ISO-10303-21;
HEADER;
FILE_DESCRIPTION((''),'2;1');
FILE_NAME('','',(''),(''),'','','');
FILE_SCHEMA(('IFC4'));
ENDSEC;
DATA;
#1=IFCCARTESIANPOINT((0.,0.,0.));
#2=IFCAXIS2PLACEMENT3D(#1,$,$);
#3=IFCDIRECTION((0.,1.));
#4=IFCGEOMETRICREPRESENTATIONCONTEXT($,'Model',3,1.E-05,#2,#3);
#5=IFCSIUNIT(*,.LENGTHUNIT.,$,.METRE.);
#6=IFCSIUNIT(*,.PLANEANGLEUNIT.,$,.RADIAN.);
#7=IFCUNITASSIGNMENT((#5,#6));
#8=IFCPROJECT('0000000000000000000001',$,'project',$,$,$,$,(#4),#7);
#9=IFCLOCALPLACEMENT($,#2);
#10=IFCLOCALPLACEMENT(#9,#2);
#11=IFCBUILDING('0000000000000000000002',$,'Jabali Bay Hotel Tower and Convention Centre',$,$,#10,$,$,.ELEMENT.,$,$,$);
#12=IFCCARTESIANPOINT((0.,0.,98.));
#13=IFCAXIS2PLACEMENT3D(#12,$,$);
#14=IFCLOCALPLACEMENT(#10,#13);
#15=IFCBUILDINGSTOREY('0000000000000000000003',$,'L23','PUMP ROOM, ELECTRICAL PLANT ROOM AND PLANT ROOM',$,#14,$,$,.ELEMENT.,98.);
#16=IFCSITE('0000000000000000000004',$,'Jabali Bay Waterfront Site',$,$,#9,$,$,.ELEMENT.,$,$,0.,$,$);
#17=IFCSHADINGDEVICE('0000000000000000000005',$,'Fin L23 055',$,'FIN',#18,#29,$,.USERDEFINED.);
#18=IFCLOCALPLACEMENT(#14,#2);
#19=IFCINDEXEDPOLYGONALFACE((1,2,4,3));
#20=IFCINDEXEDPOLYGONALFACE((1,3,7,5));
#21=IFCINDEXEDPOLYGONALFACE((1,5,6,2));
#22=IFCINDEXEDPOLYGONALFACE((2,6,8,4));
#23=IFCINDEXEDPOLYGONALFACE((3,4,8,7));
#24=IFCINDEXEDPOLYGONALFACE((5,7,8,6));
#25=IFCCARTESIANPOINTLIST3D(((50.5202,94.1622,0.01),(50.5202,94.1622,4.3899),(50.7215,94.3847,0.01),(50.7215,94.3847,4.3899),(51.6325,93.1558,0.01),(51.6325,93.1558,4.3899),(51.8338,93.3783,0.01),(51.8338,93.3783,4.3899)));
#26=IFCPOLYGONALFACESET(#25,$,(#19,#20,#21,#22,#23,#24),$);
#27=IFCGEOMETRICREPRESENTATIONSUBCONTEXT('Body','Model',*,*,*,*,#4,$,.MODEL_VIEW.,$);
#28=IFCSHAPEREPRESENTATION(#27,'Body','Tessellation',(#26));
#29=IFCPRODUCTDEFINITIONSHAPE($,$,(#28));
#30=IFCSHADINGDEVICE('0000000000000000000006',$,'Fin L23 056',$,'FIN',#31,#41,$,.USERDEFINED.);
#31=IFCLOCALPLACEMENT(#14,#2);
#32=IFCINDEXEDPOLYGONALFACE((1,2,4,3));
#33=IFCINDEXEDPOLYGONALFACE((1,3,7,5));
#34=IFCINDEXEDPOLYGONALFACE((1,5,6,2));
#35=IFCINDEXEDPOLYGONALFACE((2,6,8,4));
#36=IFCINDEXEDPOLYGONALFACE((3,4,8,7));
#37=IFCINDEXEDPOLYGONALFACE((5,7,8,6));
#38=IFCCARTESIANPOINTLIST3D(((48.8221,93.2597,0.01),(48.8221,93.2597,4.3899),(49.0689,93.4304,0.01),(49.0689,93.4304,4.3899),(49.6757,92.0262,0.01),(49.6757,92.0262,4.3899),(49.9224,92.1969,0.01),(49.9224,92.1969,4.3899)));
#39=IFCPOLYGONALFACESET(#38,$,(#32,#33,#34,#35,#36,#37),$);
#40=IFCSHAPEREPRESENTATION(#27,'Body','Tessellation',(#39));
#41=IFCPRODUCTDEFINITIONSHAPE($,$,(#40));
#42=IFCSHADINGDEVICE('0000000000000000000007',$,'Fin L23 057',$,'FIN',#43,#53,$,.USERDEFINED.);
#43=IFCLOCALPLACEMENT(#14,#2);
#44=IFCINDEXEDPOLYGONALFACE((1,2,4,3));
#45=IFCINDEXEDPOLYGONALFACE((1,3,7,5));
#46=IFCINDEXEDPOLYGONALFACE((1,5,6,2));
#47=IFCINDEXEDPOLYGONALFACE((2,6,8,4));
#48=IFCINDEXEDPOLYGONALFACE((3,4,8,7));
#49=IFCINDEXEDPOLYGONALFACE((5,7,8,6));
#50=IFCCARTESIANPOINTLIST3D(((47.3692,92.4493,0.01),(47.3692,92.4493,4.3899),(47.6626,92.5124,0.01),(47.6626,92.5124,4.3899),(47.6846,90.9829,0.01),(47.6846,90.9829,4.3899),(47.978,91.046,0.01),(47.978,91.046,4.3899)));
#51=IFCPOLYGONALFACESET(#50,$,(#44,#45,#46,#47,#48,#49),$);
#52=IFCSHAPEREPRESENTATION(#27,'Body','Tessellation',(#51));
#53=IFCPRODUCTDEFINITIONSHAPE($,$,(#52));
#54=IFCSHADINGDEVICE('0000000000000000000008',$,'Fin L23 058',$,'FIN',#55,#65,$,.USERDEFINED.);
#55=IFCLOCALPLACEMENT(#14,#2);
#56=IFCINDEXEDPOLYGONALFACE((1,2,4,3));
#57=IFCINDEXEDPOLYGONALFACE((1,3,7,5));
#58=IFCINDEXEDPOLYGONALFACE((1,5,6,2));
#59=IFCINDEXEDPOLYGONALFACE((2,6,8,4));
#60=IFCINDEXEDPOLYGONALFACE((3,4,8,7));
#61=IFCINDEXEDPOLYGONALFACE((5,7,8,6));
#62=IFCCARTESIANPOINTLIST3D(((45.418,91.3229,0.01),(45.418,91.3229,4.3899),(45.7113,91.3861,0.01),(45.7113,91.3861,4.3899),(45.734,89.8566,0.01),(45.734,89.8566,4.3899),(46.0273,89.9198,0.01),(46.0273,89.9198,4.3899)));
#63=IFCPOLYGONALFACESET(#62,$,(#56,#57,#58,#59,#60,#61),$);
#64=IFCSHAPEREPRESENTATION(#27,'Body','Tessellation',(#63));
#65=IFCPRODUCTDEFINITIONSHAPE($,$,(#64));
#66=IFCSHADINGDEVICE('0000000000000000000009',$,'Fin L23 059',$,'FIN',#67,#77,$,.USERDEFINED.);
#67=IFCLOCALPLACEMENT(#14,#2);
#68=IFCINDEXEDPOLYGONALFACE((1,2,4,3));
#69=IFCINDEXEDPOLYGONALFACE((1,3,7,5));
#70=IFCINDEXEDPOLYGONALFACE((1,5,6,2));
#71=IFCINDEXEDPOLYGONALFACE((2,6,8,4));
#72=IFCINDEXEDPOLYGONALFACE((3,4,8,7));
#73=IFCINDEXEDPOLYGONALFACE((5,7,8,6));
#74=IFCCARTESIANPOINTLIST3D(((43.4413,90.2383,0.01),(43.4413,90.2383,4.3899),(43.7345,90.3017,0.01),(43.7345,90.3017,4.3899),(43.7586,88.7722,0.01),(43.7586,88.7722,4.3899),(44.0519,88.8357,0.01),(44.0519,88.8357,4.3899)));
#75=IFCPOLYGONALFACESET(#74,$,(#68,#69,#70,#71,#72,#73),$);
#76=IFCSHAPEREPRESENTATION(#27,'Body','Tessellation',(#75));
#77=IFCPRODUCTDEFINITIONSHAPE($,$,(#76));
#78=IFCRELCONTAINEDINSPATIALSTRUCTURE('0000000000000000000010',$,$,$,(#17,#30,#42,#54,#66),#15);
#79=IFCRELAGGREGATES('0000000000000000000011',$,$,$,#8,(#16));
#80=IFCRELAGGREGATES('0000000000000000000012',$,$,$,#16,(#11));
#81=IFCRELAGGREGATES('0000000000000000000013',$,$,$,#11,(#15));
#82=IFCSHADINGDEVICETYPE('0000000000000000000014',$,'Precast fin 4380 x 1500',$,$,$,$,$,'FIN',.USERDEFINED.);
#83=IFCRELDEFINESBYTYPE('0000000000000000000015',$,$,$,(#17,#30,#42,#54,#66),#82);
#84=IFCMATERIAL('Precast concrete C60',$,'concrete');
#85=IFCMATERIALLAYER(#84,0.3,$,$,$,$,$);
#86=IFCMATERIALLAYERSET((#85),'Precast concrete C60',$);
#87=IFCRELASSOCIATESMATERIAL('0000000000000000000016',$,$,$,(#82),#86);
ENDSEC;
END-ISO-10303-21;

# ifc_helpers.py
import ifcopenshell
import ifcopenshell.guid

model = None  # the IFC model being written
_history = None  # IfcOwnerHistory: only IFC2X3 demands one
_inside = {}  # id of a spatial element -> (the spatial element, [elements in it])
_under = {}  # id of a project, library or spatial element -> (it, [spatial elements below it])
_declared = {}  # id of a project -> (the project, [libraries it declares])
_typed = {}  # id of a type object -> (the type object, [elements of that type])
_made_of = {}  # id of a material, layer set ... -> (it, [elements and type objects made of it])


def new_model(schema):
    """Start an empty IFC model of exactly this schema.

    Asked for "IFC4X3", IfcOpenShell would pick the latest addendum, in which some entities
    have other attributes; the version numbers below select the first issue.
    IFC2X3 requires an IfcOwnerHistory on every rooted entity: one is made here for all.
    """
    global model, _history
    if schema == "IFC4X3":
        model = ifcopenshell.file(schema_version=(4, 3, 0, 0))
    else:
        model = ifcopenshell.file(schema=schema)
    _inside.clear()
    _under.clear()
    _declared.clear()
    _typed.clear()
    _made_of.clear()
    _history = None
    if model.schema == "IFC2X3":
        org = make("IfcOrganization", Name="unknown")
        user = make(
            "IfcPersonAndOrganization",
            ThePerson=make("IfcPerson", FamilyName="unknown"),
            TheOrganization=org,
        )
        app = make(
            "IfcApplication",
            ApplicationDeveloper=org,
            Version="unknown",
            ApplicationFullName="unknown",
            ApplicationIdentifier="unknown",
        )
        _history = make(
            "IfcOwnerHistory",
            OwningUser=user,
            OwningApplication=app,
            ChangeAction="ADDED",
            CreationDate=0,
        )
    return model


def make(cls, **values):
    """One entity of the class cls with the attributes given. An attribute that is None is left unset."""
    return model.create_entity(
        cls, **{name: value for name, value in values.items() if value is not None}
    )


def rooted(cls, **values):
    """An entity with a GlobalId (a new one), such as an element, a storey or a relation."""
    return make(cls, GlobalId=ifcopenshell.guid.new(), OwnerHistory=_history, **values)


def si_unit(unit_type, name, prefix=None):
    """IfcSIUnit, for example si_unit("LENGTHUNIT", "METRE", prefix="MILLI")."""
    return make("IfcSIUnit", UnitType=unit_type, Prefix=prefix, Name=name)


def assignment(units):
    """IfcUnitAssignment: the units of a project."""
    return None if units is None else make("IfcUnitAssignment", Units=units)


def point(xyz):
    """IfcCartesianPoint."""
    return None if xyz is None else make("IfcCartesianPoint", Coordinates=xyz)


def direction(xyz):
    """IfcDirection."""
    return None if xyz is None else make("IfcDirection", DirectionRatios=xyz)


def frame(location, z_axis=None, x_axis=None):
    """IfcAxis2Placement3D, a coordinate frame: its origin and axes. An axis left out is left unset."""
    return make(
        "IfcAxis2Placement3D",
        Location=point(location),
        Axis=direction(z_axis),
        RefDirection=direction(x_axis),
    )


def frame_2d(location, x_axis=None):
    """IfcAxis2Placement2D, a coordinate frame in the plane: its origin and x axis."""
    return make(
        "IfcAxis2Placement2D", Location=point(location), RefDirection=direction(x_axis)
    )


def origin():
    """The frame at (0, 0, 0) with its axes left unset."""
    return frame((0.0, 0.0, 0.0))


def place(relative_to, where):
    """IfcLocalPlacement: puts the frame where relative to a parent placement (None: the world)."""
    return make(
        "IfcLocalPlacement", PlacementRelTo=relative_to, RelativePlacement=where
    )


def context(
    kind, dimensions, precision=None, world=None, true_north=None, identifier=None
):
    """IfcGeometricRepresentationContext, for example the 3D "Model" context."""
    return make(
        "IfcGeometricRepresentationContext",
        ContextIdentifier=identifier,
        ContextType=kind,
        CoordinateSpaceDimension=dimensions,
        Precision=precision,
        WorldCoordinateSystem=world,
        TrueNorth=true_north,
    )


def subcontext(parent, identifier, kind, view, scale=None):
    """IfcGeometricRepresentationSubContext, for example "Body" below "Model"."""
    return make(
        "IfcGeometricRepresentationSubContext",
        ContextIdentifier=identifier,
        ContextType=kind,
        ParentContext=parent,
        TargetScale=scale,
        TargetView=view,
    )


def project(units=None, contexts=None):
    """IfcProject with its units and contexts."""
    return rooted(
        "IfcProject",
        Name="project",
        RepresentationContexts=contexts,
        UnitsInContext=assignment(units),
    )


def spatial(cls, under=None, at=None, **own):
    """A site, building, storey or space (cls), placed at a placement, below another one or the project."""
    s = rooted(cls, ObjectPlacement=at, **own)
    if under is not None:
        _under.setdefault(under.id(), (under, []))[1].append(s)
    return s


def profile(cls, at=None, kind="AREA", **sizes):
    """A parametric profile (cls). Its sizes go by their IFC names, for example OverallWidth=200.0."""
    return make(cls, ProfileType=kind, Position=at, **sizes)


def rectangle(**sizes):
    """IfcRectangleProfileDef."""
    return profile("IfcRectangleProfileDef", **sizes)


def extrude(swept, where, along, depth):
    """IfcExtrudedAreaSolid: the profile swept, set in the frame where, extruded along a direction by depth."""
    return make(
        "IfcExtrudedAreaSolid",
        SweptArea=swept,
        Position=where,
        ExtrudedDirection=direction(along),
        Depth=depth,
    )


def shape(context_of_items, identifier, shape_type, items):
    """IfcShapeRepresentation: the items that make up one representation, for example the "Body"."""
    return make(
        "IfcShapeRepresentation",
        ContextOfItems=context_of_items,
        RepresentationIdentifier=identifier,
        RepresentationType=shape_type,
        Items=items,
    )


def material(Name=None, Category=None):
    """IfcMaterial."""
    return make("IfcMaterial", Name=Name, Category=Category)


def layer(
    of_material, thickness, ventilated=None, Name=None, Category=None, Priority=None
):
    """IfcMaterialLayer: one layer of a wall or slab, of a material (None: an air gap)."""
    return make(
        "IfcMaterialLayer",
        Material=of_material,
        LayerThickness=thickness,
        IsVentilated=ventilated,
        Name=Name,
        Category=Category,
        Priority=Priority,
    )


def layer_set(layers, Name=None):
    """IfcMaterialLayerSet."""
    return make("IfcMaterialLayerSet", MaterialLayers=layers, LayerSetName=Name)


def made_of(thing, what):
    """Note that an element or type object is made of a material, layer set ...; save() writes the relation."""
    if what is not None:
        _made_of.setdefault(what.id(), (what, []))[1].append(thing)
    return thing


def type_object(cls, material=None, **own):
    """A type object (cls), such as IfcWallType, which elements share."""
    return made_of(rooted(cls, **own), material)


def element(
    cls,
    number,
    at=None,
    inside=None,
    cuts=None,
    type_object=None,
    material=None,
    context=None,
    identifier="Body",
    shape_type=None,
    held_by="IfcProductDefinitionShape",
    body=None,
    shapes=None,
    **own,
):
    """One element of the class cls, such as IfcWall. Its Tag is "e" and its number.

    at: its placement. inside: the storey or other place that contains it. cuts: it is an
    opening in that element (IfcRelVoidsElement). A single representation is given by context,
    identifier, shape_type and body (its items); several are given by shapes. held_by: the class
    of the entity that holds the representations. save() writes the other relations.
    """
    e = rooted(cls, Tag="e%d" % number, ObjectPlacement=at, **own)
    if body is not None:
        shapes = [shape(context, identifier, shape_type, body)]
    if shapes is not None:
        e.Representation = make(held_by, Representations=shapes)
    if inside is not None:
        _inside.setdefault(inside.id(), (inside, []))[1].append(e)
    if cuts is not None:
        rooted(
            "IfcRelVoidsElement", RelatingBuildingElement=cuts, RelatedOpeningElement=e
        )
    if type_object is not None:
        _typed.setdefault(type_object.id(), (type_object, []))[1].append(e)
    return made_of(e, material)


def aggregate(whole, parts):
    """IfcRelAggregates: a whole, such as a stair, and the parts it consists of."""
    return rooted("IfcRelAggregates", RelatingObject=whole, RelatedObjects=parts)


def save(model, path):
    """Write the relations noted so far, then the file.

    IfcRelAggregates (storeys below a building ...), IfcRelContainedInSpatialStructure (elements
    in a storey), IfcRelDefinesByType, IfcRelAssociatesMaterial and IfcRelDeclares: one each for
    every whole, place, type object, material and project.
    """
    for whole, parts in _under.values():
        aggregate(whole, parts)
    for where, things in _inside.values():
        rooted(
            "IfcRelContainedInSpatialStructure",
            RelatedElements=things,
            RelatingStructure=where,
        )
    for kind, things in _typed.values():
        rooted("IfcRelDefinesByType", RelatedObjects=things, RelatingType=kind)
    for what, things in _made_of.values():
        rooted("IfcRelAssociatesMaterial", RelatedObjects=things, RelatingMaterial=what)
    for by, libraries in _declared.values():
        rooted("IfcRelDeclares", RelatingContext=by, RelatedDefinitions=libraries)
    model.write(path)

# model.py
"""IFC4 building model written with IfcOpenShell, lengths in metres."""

from ifc_helpers import new_model, si_unit, direction, frame, frame_2d, origin, place, context, subcontext, project, spatial, rectangle, extrude, material, layer, layer_set, type_object, element, save


model = new_model("IFC4")

# Units and contexts
model_context = context("Model", 3, precision=1e-05, world=origin(), true_north=direction((0.0, 1.0)))
body_context = subcontext(model_context, "Body", "Model", "MODEL_VIEW")
ifc_project = project(units=[si_unit("LENGTHUNIT", "METRE"), si_unit("PLANEANGLEUNIT", "RADIAN")], contexts=[model_context])

# Site, building, storey
site_placement = place(None, origin())
site = spatial("IfcSite", under=ifc_project, at=site_placement, Name="Jabali Bay Waterfront Site", CompositionType="ELEMENT", RefElevation=0.0)
building_placement = place(site_placement, origin())
building = spatial("IfcBuilding", under=site, at=building_placement, Name="Jabali Bay Hotel Tower and Convention Centre", CompositionType="ELEMENT")
storey_placement = place(building_placement, frame((0.0, 0.0, 98.0)))
storey = spatial("IfcBuildingStorey", under=building, at=storey_placement, Name="L23", Description="PUMP ROOM, ELECTRICAL PLANT ROOM AND PLANT ROOM", CompositionType="ELEMENT", Elevation=98.0)

# Shading devices
ifc_material_1 = material(Name="Precast concrete C60", Category="concrete")
ifc_layer_1 = layer(ifc_material_1, 0.3)
ifc_layer_set_1 = layer_set([ifc_layer_1], Name="Precast concrete C60")
shading_device_type = type_object("IfcShadingDeviceType", Name="Precast fin 4380 x 1500", ElementType="FIN", PredefinedType="USERDEFINED", material=ifc_layer_set_1)
for number, where, z_axis, x_axis, name in (
    (1, (51.7332, 93.2671, 0.01), (0.0, 0.0, 1.0), (-0.741543, 0.670905, 0.0), "Fin L23 055"),
    (2, (49.7991, 92.1116, 0.01), (0.0, 0.0, 1.0), (-0.569041, 0.822309, 0.0), "Fin L23 056"),
    (3, (47.8313, 91.0144, 0.01), (0.0, 0.0, 1.0), (-0.210274, 0.977643, 0.0), "Fin L23 057"),
    (4, (45.8806, 89.8882, 0.01), (0.0, 0.0, 1.0), (-0.210618, 0.977568, 0.0), "Fin L23 058"),
    (5, (43.9053, 88.804, 0.01), (0.0, 0.0, 1.0), (-0.211585, 0.97736, 0.0), "Fin L23 059"),
):
    element("IfcShadingDevice", number, at=place(storey_placement, frame(where, z_axis=z_axis, x_axis=x_axis)), inside=storey, type_object=shading_device_type, Name=name, ObjectType="FIN", PredefinedType="USERDEFINED", context=body_context, shape_type="SweptSolid", body=[
        extrude(rectangle(XDim=1.5, YDim=0.3, at=frame_2d((0.75, 0.0))), origin(), (0.0, 0.0, 1.0), 4.3799),
    ])

save(model, "model.ifc")
